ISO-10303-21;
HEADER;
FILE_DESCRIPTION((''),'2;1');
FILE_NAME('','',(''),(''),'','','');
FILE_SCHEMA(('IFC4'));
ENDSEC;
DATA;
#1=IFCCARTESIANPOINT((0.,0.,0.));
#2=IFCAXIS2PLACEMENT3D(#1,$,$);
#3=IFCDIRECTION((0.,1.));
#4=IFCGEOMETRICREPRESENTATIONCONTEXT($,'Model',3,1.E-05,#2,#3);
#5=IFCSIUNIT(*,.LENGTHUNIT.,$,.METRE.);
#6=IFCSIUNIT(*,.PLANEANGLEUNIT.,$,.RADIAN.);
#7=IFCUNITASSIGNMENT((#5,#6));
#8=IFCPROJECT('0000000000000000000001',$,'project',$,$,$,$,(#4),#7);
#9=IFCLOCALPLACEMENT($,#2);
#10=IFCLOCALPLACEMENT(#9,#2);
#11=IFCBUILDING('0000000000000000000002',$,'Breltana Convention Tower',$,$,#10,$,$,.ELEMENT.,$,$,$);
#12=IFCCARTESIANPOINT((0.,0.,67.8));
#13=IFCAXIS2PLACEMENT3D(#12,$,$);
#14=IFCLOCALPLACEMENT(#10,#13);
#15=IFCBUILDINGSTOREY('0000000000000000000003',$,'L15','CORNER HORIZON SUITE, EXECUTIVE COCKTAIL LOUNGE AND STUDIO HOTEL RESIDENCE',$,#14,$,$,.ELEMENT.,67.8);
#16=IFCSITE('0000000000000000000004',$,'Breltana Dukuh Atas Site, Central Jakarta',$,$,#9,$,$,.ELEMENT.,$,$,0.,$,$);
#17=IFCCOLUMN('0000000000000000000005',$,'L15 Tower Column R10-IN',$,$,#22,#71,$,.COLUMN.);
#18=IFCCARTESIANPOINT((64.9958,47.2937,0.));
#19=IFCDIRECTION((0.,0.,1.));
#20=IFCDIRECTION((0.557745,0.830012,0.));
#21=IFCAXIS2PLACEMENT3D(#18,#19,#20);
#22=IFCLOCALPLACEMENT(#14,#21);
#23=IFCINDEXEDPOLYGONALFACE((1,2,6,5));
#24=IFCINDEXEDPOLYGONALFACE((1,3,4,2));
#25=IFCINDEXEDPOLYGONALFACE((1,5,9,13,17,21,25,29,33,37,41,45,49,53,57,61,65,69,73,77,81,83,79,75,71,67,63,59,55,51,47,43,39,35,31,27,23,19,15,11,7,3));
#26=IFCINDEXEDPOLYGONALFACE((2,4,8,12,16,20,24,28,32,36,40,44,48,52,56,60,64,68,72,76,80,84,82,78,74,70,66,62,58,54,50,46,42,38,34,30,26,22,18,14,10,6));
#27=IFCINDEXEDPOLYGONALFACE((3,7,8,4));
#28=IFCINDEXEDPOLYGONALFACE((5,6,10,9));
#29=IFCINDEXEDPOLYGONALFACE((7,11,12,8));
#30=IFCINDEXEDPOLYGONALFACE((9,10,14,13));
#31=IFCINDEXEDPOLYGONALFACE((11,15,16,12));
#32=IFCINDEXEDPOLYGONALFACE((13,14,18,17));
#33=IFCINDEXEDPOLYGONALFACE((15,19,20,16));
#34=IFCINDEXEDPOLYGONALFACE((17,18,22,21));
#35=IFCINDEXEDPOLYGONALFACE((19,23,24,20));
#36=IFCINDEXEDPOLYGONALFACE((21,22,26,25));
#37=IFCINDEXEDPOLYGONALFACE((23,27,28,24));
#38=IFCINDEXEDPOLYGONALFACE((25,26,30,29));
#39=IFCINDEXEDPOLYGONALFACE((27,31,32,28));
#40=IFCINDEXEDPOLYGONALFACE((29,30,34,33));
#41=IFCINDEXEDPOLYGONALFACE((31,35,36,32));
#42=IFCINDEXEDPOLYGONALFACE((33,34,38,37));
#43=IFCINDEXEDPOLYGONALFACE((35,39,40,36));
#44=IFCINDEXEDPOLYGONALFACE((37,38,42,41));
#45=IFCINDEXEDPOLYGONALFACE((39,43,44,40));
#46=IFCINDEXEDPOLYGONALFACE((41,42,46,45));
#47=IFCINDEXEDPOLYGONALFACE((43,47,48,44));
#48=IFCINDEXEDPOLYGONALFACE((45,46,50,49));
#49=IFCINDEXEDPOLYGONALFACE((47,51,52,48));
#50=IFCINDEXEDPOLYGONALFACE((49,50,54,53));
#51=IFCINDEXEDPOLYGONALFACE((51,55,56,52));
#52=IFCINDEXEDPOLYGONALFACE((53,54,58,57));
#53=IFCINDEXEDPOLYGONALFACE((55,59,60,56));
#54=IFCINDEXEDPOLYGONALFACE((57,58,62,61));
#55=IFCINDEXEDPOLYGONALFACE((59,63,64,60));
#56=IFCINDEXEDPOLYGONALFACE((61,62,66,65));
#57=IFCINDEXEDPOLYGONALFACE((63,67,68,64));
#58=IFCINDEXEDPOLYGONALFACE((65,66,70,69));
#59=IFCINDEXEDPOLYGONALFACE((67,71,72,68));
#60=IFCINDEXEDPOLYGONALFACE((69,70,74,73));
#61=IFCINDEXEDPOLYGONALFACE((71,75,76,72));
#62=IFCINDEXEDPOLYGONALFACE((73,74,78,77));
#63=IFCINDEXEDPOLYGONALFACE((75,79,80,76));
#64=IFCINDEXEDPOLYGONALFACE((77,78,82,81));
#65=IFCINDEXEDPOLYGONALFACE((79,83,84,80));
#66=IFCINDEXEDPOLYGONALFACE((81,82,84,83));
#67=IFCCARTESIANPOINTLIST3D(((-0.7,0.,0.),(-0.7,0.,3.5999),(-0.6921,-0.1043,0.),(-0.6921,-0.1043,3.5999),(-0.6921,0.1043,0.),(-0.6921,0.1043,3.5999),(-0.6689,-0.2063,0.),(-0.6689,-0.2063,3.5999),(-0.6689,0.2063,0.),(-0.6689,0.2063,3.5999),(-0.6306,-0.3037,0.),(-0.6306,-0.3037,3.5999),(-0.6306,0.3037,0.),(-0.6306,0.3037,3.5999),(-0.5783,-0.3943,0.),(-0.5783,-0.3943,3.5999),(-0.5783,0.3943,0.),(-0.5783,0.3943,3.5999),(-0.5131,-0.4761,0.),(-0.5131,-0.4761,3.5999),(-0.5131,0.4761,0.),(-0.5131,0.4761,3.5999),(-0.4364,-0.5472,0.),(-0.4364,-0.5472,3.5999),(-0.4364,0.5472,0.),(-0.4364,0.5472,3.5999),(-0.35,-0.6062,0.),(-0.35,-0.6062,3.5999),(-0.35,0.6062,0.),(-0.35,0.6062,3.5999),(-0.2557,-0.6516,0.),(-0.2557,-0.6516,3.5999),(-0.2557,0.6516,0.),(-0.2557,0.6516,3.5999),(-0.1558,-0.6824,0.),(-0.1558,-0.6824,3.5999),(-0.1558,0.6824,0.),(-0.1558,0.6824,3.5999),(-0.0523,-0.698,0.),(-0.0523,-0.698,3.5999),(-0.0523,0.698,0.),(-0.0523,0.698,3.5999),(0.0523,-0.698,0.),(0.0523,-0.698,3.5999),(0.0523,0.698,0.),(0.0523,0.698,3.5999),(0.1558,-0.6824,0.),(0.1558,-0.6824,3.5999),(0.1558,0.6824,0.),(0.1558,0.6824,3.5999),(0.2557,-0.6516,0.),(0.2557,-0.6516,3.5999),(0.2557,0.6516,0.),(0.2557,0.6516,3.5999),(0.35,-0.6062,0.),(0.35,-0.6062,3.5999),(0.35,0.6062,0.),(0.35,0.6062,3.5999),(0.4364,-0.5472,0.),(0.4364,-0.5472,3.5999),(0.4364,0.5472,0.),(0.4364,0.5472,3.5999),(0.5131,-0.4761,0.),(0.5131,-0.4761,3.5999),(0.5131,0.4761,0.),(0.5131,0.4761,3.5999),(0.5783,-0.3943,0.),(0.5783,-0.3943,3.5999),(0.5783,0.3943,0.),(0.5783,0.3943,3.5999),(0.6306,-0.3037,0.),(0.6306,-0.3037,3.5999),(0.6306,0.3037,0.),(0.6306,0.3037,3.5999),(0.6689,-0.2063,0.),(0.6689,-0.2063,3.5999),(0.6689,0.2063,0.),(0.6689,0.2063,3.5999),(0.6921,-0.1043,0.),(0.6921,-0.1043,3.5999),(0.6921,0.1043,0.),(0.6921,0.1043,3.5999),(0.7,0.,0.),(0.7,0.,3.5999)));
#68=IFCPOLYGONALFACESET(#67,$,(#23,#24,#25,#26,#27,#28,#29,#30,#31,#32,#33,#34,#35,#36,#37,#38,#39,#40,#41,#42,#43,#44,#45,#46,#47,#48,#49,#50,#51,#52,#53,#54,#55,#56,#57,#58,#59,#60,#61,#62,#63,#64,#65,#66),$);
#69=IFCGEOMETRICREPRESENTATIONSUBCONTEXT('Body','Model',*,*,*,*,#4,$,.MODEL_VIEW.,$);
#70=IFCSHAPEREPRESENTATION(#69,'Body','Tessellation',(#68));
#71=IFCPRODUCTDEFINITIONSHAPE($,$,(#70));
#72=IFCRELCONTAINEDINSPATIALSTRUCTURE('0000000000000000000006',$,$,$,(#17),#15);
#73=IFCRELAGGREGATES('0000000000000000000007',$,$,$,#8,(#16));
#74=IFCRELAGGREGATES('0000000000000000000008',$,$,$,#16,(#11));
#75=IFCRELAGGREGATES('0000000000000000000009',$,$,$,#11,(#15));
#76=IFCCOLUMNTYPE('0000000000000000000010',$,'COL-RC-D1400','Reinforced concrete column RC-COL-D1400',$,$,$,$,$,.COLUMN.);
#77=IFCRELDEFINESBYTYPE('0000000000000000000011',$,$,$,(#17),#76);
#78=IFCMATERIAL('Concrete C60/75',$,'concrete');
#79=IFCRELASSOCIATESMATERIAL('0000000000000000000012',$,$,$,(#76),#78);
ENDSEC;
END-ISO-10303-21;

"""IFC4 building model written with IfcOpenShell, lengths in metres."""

from ifc_helpers import new_model, si_unit, direction, frame, origin, origin_2d, place, context, subcontext, project, spatial, circle, extrude, source, transform, mapped, material, material_profile, profile_set, type_object, element, save


model = new_model("IFC4")

# Units and contexts
model_context = context("Model", 3, precision=1e-05, world=origin(), true_north=direction((0.0, 1.0)))
body_context = subcontext(model_context, "Body", "Model", "MODEL_VIEW")
ifc_project = project(units=[si_unit("LENGTHUNIT", "METRE"), si_unit("PLANEANGLEUNIT", "RADIAN")], contexts=[model_context])

# Site, building, storey
site_placement = place(None, origin())
site = spatial("IfcSite", under=ifc_project, at=site_placement, Name="Breltana Dukuh Atas Site, Central Jakarta", CompositionType="ELEMENT", RefElevation=0.0)
building_placement = place(site_placement, origin())
building = spatial("IfcBuilding", under=site, at=building_placement, Name="Breltana Convention Tower", CompositionType="ELEMENT")
storey_placement = place(building_placement, frame((0.0, 0.0, 67.8)))
storey = spatial("IfcBuildingStorey", under=building, at=storey_placement, Name="L15", Description="CORNER HORIZON SUITE, EXECUTIVE COCKTAIL LOUNGE AND STUDIO HOTEL RESIDENCE", CompositionType="ELEMENT", Elevation=67.8)

# Column
ifc_material_1 = material(Name="Concrete C60/75", Category="concrete")
ifc_material_profile_1 = material_profile(ifc_material_1, circle(Radius=0.7, at=origin_2d()), Name="RC-COL-D1400")
ifc_profile_set_1 = profile_set([ifc_material_profile_1], Name="Concrete C60/75")
column_type = type_object("IfcColumnType", Name="COL-RC-D1400", Description="Reinforced concrete column RC-COL-D1400", PredefinedType="COLUMN", material=ifc_profile_set_1)
shared_shape_1 = source(origin(), body_context, "Body", "SweptSolid", [
    extrude(circle(Radius=0.7, at=origin_2d()), origin(), (0.0, 0.0, 1.0), 3.5999),
])
column_placement = place(storey_placement, frame((64.9958, 47.2937, 0.0), z_axis=(0.0, 0.0, 1.0), x_axis=(0.557745, 0.830012, 0.0)))
element("IfcColumn", 1, at=column_placement, inside=storey, type_object=column_type, Name="L15 Tower Column R10-IN", PredefinedType="COLUMN", context=body_context, shape_type="MappedRepresentation", body=[
    mapped(shared_shape_1, transform((0.0, 0.0, 0.0), scale=1.0)),
])

save(model, "model.ifc")
